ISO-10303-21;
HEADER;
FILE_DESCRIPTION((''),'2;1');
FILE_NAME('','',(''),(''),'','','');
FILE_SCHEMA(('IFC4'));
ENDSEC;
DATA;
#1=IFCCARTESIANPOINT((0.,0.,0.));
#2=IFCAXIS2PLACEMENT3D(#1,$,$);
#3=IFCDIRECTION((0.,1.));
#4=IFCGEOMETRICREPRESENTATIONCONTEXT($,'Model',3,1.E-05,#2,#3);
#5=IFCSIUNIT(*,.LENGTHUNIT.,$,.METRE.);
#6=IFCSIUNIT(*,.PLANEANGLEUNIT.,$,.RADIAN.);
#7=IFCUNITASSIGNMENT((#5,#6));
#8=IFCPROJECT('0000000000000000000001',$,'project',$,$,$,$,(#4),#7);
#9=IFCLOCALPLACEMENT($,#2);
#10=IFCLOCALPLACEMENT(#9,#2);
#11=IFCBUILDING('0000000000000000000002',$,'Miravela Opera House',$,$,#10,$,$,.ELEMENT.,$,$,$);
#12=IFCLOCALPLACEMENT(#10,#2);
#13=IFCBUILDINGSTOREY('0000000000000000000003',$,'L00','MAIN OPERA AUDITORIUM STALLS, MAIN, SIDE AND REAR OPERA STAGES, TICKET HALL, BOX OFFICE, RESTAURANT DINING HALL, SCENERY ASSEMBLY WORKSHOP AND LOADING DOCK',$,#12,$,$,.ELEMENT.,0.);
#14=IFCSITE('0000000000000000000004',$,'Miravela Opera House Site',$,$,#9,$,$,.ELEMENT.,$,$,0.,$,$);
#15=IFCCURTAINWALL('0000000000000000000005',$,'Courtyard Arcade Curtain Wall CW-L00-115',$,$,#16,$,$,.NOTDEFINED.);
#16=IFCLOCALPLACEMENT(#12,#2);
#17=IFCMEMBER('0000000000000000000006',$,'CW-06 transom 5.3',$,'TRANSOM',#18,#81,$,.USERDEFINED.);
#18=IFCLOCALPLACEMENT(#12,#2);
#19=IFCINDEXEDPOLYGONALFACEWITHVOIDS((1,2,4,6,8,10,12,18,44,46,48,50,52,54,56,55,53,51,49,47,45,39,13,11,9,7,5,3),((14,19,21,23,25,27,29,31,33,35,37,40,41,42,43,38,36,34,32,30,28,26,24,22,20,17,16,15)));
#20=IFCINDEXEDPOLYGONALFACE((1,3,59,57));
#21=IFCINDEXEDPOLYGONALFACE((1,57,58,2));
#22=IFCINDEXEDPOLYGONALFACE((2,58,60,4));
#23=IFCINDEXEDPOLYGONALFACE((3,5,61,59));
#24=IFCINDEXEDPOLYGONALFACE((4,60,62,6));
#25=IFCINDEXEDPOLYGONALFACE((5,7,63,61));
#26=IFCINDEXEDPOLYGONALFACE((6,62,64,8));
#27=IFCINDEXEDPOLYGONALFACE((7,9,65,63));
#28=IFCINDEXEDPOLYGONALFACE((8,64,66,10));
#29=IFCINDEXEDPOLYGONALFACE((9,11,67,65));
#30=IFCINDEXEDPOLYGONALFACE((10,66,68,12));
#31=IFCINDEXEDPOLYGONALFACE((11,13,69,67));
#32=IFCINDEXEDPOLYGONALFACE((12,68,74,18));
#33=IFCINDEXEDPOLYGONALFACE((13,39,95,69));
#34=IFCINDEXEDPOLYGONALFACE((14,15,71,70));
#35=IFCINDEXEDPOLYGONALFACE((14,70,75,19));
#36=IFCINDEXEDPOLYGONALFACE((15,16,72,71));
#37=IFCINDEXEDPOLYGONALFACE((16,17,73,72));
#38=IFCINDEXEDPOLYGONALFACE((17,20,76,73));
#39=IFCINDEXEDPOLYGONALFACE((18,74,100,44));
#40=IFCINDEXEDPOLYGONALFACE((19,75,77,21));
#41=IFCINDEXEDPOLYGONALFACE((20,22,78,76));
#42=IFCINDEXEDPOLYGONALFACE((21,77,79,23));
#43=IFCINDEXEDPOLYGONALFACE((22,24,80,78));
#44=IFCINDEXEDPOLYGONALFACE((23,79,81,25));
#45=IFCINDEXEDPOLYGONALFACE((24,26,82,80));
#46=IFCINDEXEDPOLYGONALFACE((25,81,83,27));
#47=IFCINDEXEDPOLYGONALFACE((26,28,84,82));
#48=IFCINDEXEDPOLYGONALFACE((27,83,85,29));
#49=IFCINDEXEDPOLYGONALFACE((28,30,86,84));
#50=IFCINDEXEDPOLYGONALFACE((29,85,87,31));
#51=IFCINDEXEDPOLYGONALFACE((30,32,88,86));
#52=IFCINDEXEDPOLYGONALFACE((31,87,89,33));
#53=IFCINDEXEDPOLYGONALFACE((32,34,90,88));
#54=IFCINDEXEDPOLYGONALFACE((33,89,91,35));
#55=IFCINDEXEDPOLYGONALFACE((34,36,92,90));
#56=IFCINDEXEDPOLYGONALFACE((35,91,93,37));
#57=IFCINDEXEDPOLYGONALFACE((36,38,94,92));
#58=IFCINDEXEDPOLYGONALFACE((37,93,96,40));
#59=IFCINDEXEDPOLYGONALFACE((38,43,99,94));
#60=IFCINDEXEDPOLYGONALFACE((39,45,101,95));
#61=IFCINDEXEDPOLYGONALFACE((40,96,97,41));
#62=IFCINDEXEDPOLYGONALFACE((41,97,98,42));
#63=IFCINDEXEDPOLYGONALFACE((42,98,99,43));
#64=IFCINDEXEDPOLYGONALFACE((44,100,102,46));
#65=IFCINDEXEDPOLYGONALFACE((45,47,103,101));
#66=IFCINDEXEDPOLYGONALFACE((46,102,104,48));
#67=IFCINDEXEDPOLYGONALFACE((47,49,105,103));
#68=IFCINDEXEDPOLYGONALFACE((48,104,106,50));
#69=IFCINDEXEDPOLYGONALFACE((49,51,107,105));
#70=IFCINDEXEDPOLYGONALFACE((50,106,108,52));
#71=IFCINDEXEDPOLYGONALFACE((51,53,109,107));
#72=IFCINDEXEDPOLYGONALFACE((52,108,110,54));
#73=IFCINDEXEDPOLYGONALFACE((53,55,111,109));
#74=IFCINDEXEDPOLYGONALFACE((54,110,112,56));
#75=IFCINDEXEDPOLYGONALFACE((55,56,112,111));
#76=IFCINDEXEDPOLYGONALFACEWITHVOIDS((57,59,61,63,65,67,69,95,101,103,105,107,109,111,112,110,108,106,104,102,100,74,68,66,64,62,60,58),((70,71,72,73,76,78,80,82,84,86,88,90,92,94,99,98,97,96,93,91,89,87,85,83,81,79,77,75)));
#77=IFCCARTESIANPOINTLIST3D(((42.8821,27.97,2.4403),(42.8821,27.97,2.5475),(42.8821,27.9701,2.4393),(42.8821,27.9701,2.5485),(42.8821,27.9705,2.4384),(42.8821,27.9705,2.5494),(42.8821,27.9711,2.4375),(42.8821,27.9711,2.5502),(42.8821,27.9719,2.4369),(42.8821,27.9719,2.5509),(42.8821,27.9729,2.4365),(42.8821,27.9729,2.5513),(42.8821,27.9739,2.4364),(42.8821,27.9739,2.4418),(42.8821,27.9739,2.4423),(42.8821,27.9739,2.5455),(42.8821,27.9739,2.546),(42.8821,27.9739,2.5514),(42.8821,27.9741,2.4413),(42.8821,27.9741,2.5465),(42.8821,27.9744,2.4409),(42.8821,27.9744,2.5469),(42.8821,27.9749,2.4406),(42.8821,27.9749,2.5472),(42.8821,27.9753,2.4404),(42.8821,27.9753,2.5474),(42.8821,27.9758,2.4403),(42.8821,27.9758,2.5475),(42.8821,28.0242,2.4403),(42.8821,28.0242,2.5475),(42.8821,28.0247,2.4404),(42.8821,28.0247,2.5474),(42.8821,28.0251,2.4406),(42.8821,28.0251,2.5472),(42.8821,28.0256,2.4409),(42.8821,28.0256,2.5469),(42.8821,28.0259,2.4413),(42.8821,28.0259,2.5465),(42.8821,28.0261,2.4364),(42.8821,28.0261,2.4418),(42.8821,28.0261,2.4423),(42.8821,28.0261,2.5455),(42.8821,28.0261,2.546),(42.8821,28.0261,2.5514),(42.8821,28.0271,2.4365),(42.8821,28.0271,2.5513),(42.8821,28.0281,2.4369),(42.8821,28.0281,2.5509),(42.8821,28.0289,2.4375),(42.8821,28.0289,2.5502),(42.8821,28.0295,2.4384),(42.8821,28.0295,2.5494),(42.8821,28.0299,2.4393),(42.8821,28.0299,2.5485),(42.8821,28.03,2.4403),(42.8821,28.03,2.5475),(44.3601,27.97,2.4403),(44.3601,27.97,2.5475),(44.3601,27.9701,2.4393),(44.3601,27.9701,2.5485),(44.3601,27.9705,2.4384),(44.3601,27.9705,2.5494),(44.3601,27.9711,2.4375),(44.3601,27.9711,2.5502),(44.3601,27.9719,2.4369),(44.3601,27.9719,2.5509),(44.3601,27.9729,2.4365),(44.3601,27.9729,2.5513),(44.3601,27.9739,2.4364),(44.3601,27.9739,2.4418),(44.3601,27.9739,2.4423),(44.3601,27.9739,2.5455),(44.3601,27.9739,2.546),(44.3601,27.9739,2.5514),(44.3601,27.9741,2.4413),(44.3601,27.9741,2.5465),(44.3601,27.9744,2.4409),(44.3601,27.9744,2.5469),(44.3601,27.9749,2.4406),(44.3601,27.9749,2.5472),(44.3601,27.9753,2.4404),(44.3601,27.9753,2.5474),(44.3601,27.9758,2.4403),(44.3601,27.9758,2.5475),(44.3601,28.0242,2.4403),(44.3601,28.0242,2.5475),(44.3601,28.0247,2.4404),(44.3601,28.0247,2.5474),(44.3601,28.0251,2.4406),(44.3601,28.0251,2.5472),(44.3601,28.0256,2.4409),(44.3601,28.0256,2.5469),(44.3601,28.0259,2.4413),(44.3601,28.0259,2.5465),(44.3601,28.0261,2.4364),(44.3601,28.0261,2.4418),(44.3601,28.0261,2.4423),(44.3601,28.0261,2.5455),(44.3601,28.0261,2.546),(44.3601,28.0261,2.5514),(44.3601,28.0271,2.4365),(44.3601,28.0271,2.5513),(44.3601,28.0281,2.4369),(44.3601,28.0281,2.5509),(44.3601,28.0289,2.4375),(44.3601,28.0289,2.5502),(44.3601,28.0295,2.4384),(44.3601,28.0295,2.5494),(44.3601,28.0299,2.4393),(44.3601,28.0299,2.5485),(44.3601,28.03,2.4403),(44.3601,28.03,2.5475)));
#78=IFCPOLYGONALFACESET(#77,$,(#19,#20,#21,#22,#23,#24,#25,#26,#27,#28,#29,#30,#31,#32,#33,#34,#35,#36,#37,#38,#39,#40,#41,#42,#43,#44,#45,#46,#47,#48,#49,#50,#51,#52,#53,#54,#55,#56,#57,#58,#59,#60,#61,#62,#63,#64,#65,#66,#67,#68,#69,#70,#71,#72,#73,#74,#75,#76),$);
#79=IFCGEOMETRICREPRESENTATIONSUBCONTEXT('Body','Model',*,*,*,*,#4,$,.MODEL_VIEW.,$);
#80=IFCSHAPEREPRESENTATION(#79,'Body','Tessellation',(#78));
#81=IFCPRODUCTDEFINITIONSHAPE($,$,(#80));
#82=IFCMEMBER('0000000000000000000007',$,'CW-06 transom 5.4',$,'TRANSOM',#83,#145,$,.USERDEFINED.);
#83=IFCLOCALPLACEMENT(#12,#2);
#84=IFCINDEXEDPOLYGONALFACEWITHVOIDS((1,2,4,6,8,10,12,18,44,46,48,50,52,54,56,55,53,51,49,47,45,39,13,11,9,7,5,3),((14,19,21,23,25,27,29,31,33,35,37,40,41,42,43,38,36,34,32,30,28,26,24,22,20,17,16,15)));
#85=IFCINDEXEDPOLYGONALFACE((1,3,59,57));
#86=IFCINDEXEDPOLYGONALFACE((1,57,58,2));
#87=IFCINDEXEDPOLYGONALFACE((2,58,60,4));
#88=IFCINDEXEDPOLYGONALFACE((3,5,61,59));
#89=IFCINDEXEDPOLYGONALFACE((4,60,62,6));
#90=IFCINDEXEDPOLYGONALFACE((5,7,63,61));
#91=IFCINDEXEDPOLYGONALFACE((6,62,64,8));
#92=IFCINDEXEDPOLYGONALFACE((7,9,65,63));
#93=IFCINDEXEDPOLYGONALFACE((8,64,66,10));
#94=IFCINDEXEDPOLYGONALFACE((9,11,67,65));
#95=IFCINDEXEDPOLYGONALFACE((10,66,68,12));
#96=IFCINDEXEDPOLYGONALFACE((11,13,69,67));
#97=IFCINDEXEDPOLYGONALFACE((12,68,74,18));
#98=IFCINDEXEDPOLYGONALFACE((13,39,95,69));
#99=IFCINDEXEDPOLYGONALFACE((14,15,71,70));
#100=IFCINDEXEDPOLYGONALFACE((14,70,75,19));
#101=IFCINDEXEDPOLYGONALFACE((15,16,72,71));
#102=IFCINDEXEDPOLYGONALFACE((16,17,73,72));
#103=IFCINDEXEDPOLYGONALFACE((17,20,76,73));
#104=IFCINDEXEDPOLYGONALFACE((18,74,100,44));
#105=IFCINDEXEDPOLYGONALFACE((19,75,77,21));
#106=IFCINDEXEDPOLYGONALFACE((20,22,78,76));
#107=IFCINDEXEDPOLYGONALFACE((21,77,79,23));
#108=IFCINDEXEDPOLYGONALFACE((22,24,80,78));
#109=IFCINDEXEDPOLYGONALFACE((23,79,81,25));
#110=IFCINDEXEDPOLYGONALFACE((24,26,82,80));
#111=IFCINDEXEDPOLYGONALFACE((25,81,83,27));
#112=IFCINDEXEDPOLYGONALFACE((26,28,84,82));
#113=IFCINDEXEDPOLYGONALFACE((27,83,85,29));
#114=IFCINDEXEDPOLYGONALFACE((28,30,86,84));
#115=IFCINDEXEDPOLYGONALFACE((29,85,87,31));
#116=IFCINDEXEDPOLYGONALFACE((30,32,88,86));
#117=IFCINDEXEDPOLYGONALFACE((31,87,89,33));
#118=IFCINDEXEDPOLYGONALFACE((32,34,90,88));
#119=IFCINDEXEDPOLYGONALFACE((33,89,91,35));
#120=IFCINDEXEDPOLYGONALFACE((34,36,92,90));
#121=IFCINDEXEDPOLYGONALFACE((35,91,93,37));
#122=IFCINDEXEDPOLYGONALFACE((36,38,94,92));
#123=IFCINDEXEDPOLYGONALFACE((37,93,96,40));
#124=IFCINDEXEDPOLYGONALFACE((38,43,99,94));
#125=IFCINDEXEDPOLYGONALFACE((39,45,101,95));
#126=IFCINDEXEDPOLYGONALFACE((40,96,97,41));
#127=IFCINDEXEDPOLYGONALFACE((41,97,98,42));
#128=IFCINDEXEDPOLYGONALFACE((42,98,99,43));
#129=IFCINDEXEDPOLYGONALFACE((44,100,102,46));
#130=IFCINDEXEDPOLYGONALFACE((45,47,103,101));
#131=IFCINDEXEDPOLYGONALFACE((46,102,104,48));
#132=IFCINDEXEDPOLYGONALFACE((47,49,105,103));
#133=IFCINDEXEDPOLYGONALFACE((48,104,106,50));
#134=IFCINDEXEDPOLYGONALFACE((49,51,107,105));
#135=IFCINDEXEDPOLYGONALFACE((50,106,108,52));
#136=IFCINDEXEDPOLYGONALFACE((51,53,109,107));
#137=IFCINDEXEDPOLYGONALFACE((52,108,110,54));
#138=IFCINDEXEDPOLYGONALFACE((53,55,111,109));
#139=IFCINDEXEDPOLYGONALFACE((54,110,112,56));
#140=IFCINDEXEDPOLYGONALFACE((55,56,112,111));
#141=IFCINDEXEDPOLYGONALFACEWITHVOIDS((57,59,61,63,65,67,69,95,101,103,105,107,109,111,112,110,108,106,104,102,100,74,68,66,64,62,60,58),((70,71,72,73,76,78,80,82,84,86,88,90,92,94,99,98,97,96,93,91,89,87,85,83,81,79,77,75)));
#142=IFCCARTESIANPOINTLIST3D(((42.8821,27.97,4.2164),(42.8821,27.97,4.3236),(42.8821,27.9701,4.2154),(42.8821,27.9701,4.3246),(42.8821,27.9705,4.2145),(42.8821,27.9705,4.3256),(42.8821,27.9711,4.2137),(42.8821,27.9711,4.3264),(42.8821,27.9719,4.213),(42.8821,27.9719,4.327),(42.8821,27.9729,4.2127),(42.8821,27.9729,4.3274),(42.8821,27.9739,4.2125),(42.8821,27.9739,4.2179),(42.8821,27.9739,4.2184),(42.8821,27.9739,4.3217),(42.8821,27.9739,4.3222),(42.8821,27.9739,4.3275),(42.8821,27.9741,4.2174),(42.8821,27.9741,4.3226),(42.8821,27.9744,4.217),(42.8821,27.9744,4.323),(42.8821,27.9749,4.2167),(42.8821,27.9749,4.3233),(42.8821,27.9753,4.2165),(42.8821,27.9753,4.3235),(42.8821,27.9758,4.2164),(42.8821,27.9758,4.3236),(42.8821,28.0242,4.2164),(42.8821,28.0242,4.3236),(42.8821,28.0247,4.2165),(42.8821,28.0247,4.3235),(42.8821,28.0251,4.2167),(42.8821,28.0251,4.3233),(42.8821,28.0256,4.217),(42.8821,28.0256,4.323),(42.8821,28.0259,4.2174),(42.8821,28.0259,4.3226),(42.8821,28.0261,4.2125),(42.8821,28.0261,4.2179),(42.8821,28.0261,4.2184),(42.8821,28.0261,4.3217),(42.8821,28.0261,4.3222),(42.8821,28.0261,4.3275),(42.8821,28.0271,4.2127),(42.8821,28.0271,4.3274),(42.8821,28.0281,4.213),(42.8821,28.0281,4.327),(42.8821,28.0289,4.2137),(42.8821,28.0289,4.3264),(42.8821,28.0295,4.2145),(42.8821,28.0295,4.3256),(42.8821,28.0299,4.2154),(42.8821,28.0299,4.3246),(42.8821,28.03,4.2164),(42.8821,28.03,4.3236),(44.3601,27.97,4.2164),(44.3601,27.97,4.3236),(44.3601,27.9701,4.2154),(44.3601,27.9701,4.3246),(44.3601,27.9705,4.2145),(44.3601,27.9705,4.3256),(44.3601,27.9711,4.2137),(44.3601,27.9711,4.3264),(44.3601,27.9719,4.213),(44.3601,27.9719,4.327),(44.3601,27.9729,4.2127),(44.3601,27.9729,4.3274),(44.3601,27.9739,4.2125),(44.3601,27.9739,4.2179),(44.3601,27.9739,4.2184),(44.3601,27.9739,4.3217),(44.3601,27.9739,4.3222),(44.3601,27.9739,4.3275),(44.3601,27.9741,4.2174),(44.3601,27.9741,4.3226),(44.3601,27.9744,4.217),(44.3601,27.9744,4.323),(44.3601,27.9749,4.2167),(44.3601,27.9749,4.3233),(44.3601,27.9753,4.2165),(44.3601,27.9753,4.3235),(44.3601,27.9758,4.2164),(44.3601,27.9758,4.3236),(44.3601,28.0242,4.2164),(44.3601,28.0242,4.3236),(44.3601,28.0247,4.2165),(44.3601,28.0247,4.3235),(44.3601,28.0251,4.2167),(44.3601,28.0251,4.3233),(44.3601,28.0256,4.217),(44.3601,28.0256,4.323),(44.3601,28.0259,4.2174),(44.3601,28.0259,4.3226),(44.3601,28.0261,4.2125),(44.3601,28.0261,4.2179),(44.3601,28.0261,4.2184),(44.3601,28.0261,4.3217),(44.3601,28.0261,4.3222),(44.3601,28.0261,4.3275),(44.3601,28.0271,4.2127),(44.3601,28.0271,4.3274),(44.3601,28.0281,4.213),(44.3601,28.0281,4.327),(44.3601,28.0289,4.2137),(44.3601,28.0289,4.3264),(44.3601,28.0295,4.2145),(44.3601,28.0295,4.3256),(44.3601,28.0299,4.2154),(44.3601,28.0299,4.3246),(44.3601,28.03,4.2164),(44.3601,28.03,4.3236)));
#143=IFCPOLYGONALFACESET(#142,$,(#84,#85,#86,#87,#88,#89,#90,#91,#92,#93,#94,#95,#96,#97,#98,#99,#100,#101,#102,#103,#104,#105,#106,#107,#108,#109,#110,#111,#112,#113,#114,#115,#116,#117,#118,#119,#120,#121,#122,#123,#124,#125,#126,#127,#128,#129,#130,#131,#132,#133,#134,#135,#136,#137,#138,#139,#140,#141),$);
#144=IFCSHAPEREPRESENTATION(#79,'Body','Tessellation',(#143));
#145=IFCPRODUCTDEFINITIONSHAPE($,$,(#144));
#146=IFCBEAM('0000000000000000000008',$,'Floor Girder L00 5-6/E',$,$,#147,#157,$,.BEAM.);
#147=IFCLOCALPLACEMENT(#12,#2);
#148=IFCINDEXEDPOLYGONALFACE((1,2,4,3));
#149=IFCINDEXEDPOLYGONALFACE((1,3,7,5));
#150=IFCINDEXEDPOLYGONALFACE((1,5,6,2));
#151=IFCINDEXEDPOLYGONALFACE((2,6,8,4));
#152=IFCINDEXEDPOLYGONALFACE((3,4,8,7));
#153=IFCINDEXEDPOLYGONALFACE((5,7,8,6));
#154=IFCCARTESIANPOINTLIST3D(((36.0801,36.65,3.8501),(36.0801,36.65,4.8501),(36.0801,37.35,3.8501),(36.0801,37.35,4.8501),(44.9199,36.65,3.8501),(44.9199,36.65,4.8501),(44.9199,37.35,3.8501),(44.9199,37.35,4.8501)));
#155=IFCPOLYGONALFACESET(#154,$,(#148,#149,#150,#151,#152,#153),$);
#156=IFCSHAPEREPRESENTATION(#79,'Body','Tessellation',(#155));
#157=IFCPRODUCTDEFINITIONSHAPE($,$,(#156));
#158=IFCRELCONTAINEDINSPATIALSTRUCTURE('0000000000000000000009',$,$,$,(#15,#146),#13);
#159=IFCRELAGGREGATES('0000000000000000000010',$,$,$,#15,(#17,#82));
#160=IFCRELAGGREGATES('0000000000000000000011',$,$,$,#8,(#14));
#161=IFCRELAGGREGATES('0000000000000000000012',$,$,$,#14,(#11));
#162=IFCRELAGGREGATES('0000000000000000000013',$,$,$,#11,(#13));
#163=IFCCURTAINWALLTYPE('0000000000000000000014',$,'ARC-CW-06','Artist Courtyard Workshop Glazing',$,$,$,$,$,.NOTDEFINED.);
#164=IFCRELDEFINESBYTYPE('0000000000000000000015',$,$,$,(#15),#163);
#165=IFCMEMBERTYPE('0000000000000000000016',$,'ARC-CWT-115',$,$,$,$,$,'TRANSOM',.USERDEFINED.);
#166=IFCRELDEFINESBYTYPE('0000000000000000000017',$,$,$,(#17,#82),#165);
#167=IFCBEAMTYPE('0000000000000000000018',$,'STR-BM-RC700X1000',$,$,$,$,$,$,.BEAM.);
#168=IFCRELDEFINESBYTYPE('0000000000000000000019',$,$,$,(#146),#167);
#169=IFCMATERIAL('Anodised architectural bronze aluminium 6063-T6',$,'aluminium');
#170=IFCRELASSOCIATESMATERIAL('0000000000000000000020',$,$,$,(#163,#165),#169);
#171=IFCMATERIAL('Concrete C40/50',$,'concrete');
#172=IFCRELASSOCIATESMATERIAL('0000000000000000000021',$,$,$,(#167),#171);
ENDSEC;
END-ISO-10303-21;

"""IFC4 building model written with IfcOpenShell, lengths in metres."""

from ifc_helpers import new_model, si_unit, direction, frame, origin, origin_2d, place, context, subcontext, project, spatial, rectangle, hollow_rectangle, extrude, material, material_profile, profile_set, type_object, element, aggregate, save


model = new_model("IFC4")

# Units and contexts
model_context = context("Model", 3, precision=1e-05, world=origin(), true_north=direction((0.0, 1.0)))
body_context = subcontext(model_context, "Body", "Model", "MODEL_VIEW")
ifc_project = project(units=[si_unit("LENGTHUNIT", "METRE"), si_unit("PLANEANGLEUNIT", "RADIAN")], contexts=[model_context])

# Site, building, storey
site_placement = place(None, origin())
site = spatial("IfcSite", under=ifc_project, at=site_placement, Name="Miravela Opera House Site", CompositionType="ELEMENT", RefElevation=0.0)
building_placement = place(site_placement, origin())
building = spatial("IfcBuilding", under=site, at=building_placement, Name="Miravela Opera House", CompositionType="ELEMENT")
storey_placement = place(building_placement, origin())
storey = spatial("IfcBuildingStorey", under=building, at=storey_placement, Name="L00", Description="MAIN OPERA AUDITORIUM STALLS, MAIN, SIDE AND REAR OPERA STAGES, TICKET HALL, BOX OFFICE, RESTAURANT DINING HALL, SCENERY ASSEMBLY WORKSHOP AND LOADING DOCK", CompositionType="ELEMENT", Elevation=0.0)

# Curtain wall, members
ifc_material_1 = material(Name="Anodised architectural bronze aluminium 6063-T6", Category="aluminium")
curtain_wall_type = type_object("IfcCurtainWallType", Name="ARC-CW-06", Description="Artist Courtyard Workshop Glazing", PredefinedType="NOTDEFINED", material=ifc_material_1)
curtain_wall_placement = place(storey_placement, origin())
curtain_wall = element("IfcCurtainWall", 1, at=curtain_wall_placement, inside=storey, type_object=curtain_wall_type, Name="Courtyard Arcade Curtain Wall CW-L00-115", PredefinedType="NOTDEFINED")
ifc_material_profile_1 = material_profile(ifc_material_1, hollow_rectangle(XDim=0.0601, YDim=0.115, WallThickness=0.0039, InnerFilletRadius=0.002, OuterFilletRadius=0.0039, at=origin_2d()), Name="CWT-60X115")
ifc_profile_set_1 = profile_set([ifc_material_profile_1])
member_type_1 = type_object("IfcMemberType", Name="ARC-CWT-115", ElementType="TRANSOM", PredefinedType="USERDEFINED", material=ifc_profile_set_1)
member_1_placement = place(storey_placement, frame((42.8821, 28.0, 2.4939), z_axis=(1.0, 0.0, 0.0), x_axis=(0.0, 1.0, 0.0)))
member_1 = element("IfcMember", 2, at=member_1_placement, type_object=member_type_1, Name="CW-06 transom 5.3", ObjectType="TRANSOM", PredefinedType="USERDEFINED", context=body_context, shape_type="SweptSolid", body=[
    extrude(hollow_rectangle(XDim=0.0601, YDim=0.115, WallThickness=0.0039, InnerFilletRadius=0.002, OuterFilletRadius=0.0039, at=origin_2d()), origin(), (0.0, 0.0, 1.0), 1.478),
])
member_2_placement = place(storey_placement, frame((42.8821, 28.0, 4.27), z_axis=(1.0, 0.0, 0.0), x_axis=(0.0, 1.0, 0.0)))
member_2 = element("IfcMember", 3, at=member_2_placement, type_object=member_type_1, Name="CW-06 transom 5.4", ObjectType="TRANSOM", PredefinedType="USERDEFINED", context=body_context, shape_type="SweptSolid", body=[
    extrude(hollow_rectangle(XDim=0.0601, YDim=0.115, WallThickness=0.0039, InnerFilletRadius=0.002, OuterFilletRadius=0.0039, at=origin_2d()), origin(), (0.0, 0.0, 1.0), 1.478),
])

# Beam
ifc_material_2 = material(Name="Concrete C40/50", Category="concrete")
ifc_material_profile_2 = material_profile(ifc_material_2, rectangle(XDim=0.7, YDim=1.0, at=origin_2d()), Name="RC-BM-700X1000")
ifc_profile_set_2 = profile_set([ifc_material_profile_2])
beam_type_1 = type_object("IfcBeamType", Name="STR-BM-RC700X1000", PredefinedType="BEAM", material=ifc_profile_set_2)
beam_1_placement = place(storey_placement, frame((36.0801, 37.0, 4.3501), z_axis=(1.0, 0.0, 0.0), x_axis=(0.0, 1.0, 0.0)))
element("IfcBeam", 4, at=beam_1_placement, inside=storey, type_object=beam_type_1, Name="Floor Girder L00 5-6/E", PredefinedType="BEAM", context=body_context, shape_type="SweptSolid", body=[
    extrude(rectangle(XDim=0.7, YDim=1.0, at=origin_2d()), origin(), (0.0, 0.0, 1.0), 8.8398),
])

aggregate(curtain_wall, [member_1, member_2])

save(model, "model.ifc")
